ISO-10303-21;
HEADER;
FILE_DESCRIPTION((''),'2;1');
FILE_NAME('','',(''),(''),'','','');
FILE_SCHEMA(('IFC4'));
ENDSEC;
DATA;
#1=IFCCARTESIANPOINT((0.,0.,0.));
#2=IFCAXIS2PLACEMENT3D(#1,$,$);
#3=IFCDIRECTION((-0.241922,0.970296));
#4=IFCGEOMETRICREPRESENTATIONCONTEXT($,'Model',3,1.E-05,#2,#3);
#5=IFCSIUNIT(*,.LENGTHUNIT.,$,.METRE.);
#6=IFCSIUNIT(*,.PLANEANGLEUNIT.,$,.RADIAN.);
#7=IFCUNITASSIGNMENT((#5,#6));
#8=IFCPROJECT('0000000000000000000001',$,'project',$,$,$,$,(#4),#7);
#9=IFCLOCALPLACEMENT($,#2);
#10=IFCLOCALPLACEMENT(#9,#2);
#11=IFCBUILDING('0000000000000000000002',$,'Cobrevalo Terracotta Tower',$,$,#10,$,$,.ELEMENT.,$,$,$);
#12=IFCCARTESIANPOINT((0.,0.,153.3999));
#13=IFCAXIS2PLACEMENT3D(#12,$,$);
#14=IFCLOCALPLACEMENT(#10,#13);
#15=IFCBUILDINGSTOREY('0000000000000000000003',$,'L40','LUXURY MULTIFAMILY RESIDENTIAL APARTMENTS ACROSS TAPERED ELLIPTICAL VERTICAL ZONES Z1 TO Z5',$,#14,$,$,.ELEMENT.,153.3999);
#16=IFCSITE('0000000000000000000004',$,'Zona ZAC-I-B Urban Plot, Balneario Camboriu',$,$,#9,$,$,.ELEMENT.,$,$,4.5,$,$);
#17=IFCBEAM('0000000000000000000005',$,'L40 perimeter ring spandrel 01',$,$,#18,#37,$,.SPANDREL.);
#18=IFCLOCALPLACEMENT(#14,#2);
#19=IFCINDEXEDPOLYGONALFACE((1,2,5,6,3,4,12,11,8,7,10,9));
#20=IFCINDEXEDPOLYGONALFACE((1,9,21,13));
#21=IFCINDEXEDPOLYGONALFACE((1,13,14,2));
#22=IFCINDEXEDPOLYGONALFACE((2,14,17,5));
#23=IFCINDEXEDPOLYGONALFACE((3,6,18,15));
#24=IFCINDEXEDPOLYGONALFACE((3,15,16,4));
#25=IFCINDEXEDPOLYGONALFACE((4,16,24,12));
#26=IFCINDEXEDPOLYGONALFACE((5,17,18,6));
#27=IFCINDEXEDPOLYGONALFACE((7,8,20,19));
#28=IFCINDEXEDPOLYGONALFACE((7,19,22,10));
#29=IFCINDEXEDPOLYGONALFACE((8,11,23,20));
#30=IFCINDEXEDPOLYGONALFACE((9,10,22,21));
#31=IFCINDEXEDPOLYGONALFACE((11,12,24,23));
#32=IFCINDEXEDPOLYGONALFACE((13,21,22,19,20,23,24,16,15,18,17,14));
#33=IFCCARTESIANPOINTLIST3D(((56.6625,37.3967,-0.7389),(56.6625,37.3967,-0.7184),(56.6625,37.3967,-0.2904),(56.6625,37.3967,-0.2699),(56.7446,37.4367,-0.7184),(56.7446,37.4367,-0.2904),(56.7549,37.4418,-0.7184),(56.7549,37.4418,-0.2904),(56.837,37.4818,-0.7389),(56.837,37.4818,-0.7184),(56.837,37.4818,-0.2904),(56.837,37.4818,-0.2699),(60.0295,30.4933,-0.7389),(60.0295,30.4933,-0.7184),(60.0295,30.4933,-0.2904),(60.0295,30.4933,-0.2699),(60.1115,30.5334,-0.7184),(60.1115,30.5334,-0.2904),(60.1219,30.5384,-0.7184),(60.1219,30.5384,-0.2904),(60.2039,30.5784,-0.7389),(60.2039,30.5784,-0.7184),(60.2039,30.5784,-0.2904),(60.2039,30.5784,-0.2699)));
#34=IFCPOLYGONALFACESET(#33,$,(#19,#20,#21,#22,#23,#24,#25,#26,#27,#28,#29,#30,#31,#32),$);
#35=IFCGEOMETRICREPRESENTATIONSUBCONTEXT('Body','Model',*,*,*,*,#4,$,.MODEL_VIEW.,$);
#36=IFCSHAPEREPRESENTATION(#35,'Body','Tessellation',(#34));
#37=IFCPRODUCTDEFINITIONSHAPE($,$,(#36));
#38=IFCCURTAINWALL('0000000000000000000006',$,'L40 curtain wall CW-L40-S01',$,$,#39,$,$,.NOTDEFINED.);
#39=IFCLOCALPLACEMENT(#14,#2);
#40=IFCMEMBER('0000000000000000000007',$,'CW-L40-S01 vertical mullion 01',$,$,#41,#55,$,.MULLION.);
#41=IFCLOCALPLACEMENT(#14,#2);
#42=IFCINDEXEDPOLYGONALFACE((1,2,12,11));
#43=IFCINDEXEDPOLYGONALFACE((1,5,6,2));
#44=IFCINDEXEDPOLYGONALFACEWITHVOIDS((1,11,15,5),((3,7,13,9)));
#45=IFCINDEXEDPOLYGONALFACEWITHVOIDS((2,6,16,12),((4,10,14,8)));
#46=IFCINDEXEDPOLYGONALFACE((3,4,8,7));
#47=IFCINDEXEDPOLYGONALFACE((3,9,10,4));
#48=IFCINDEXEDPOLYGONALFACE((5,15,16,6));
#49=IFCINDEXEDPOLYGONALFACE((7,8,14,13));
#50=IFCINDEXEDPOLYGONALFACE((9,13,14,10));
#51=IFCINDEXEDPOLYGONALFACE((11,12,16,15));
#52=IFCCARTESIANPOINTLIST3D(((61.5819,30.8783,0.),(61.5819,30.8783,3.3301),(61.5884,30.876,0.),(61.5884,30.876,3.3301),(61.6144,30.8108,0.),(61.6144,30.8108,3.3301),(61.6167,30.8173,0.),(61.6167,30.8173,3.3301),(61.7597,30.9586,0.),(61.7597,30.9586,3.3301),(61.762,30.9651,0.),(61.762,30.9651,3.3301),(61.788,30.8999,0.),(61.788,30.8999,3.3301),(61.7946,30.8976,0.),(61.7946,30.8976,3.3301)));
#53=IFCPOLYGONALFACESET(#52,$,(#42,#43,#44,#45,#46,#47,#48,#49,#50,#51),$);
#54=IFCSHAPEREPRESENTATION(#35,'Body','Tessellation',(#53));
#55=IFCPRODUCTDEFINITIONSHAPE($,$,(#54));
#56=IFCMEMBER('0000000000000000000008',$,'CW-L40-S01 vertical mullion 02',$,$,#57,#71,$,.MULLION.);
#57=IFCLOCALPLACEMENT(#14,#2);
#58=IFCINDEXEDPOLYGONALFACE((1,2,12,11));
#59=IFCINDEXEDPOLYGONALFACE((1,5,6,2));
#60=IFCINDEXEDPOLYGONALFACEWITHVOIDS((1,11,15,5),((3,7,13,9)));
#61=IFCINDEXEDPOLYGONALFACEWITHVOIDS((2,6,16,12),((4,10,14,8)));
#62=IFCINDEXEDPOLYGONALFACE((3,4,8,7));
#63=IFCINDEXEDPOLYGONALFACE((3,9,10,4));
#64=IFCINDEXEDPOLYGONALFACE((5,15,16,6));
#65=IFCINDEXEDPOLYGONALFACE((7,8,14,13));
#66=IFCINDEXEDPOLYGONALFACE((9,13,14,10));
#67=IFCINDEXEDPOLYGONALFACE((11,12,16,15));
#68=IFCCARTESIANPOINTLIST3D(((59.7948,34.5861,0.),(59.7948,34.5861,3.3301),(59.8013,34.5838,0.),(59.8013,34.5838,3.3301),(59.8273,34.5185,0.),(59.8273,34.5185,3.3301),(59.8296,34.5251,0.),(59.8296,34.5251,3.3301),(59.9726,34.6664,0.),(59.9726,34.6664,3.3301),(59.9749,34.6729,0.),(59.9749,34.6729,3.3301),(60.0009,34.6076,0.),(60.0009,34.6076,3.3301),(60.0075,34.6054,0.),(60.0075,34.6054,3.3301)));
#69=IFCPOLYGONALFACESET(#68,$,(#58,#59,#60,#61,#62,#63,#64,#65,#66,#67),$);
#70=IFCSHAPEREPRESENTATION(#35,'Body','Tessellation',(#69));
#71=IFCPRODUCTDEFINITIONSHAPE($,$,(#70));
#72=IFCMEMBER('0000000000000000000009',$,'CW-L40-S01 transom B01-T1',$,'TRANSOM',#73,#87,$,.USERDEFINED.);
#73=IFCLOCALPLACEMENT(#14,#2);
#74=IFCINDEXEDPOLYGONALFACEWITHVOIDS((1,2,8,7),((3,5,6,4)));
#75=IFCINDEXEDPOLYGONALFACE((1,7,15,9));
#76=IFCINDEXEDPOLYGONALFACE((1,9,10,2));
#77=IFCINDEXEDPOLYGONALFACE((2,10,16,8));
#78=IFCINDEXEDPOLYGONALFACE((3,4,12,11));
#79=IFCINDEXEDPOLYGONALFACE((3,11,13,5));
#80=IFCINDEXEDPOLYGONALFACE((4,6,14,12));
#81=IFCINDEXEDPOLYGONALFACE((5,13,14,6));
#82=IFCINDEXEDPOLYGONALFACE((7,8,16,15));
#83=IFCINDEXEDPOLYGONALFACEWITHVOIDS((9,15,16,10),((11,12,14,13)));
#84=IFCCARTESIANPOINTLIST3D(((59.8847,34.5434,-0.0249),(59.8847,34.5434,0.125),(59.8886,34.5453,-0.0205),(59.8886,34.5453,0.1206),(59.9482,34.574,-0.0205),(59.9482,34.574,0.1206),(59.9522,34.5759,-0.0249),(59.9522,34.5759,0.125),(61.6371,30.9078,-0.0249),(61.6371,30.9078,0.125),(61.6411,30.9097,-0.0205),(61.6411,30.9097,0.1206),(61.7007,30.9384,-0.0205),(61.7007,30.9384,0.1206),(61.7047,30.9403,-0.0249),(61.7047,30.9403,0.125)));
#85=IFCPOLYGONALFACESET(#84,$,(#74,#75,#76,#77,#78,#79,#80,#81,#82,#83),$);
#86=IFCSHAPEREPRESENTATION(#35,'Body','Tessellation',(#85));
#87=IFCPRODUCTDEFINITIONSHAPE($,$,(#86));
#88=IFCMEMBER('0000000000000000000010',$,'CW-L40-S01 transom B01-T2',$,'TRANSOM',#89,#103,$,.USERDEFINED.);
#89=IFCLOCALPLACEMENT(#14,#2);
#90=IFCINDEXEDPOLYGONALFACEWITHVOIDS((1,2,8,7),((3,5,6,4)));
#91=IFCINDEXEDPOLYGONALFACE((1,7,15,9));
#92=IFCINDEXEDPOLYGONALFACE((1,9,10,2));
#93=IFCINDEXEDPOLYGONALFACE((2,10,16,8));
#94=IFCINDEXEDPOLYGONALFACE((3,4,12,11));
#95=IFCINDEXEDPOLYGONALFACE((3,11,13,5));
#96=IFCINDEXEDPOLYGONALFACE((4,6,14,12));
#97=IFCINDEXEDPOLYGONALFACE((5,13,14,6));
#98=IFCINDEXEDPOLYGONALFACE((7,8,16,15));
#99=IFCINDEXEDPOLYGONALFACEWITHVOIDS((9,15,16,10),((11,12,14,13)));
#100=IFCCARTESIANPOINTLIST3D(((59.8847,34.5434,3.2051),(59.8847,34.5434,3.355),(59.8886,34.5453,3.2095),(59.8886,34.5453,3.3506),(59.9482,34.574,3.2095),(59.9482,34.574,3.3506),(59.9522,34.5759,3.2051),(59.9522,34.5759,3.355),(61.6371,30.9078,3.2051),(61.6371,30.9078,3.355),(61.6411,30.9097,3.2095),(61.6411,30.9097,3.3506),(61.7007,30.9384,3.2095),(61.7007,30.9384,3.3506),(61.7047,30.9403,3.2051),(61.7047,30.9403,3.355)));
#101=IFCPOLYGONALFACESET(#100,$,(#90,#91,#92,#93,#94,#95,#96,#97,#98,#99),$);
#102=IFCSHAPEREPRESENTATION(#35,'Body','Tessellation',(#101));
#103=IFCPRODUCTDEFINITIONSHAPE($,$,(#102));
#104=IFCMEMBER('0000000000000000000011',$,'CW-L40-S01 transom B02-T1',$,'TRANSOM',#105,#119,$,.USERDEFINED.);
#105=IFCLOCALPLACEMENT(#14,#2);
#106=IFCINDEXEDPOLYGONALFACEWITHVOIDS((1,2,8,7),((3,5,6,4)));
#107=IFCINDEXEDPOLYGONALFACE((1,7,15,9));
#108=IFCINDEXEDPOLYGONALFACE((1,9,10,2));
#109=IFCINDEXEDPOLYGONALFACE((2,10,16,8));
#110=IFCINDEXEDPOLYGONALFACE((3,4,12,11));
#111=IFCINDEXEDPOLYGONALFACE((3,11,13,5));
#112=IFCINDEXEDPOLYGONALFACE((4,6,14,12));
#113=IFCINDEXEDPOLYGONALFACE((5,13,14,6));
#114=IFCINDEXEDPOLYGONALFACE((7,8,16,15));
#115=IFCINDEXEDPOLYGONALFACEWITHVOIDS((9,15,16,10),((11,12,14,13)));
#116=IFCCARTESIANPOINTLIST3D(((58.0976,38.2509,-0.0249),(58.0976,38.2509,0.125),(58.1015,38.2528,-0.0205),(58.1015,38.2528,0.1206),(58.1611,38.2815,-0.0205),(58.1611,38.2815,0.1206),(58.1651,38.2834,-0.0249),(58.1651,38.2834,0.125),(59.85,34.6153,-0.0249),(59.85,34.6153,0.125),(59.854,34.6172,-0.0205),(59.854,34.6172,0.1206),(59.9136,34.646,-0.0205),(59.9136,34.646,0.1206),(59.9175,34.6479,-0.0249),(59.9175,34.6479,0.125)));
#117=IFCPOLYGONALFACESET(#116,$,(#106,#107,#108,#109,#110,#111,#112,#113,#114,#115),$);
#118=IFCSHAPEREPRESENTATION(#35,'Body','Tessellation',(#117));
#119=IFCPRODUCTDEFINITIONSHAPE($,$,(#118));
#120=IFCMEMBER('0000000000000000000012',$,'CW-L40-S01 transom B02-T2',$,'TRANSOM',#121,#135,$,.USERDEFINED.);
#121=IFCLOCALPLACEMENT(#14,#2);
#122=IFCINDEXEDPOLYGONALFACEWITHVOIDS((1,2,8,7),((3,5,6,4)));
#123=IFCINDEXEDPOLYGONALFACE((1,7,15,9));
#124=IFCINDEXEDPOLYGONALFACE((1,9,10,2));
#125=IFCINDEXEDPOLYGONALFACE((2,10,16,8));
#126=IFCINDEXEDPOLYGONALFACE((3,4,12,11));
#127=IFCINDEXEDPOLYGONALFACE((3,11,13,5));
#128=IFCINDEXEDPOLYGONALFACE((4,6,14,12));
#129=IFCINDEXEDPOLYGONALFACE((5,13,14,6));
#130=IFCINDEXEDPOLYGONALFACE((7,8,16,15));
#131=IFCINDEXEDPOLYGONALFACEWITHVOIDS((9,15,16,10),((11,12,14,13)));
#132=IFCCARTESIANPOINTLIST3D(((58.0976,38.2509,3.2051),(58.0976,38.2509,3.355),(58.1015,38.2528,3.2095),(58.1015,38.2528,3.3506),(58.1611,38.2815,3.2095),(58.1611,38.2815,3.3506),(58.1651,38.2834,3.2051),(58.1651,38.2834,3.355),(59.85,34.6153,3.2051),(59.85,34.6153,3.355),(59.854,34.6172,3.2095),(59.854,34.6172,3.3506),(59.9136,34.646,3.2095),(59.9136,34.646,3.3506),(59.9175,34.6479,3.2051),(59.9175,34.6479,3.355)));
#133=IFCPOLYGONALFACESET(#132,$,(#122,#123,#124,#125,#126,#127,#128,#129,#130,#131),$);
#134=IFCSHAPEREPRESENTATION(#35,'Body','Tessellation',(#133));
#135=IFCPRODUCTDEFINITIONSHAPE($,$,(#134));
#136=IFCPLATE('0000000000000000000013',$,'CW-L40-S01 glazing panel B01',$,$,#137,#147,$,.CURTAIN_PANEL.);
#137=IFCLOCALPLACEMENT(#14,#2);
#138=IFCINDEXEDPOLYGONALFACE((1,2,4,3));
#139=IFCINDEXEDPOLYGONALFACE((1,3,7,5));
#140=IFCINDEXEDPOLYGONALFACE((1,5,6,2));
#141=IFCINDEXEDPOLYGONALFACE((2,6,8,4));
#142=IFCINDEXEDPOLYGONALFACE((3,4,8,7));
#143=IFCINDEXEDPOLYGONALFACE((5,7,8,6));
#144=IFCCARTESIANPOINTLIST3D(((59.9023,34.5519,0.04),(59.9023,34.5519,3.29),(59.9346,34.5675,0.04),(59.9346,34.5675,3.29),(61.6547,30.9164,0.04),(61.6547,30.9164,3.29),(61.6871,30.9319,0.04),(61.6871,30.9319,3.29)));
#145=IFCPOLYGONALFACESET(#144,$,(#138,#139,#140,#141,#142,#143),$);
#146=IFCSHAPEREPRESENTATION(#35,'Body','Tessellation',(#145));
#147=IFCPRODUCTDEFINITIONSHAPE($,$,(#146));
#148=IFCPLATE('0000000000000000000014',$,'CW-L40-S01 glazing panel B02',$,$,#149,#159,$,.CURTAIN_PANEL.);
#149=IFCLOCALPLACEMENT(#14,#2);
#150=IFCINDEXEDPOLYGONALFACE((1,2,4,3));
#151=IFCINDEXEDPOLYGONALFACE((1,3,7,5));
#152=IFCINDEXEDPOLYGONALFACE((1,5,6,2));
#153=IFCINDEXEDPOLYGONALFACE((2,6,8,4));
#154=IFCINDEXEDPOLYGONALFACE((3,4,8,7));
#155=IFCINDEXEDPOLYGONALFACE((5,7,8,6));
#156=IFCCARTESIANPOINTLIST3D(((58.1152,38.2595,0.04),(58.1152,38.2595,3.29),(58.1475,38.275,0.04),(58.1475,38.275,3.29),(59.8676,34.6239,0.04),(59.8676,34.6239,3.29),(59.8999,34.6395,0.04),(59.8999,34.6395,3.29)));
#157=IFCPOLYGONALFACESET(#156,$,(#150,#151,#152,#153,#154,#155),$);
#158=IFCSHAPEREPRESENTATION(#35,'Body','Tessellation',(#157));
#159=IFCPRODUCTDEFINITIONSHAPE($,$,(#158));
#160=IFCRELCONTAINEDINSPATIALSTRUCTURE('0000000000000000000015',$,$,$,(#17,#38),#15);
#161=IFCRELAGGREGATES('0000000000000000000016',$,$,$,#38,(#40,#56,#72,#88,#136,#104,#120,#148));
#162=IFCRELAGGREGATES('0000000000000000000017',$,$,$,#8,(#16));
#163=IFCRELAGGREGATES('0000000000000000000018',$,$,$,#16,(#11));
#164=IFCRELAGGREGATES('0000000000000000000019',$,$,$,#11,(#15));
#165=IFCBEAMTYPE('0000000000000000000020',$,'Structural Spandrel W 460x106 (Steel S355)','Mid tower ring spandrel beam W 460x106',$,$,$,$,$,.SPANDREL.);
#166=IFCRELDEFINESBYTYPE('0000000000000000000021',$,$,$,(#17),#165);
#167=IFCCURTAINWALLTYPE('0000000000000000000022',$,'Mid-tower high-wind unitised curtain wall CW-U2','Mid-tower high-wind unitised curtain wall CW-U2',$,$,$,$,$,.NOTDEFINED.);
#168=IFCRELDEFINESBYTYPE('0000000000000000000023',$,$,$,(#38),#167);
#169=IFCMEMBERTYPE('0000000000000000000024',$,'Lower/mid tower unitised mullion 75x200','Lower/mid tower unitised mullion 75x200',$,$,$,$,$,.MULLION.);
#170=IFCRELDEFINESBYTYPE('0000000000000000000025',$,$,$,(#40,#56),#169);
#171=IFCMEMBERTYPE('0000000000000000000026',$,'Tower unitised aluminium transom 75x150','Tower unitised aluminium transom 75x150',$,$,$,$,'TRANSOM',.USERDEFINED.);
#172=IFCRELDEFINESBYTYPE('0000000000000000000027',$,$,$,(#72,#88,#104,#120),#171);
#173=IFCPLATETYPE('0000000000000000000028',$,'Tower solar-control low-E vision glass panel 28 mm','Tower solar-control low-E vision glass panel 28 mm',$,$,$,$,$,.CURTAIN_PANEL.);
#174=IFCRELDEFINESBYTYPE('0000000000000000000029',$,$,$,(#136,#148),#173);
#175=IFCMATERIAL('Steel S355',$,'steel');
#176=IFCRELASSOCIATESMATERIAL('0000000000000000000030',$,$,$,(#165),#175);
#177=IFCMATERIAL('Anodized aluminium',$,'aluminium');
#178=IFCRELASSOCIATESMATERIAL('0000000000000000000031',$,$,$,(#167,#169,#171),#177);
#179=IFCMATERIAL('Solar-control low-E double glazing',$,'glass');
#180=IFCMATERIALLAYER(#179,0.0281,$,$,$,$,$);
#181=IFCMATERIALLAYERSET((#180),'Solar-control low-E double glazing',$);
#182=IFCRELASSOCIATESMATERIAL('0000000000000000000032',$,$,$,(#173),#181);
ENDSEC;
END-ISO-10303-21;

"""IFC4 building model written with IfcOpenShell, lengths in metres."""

from ifc_helpers import new_model, si_unit, direction, frame, origin, origin_2d, place, context, subcontext, project, spatial, rectangle, hollow_rectangle, i_section, extrude, source, transform, mapped, material, layer, layer_set, material_profile, profile_set, type_object, element, aggregate, save


model = new_model("IFC4")

# Units and contexts
model_context = context("Model", 3, precision=1e-05, world=origin(), true_north=direction((-0.241922, 0.970296)))
body_context = subcontext(model_context, "Body", "Model", "MODEL_VIEW")
ifc_project = project(units=[si_unit("LENGTHUNIT", "METRE"), si_unit("PLANEANGLEUNIT", "RADIAN")], contexts=[model_context])

# Site, building, storey
site_placement = place(None, origin())
site = spatial("IfcSite", under=ifc_project, at=site_placement, Name="Zona ZAC-I-B Urban Plot, Balneario Camboriu", CompositionType="ELEMENT", RefElevation=4.5)
building_placement = place(site_placement, origin())
building = spatial("IfcBuilding", under=site, at=building_placement, Name="Cobrevalo Terracotta Tower", CompositionType="ELEMENT")
storey_placement = place(building_placement, frame((0.0, 0.0, 153.3999)))
storey = spatial("IfcBuildingStorey", under=building, at=storey_placement, Name="L40", Description="LUXURY MULTIFAMILY RESIDENTIAL APARTMENTS ACROSS TAPERED ELLIPTICAL VERTICAL ZONES Z1 TO Z5", CompositionType="ELEMENT", Elevation=153.3999)

# Shared definitions
ifc_material_1 = material(Name="Steel S355", Category="steel")

# Beam
ifc_material_profile_1 = material_profile(ifc_material_1, i_section(OverallWidth=0.1941, OverallDepth=0.469, WebThickness=0.0115, FlangeThickness=0.0205, at=origin_2d()), Name="W 460x106")
ifc_profile_set_1 = profile_set([ifc_material_profile_1], Name="Steel S355")
beam_type_1 = type_object("IfcBeamType", Name="Structural Spandrel W 460x106 (Steel S355)", Description="Mid tower ring spandrel beam W 460x106", PredefinedType="SPANDREL", material=ifc_profile_set_1)
beam_1_placement = place(storey_placement, frame((60.1167, 30.5359, -0.5044), z_axis=(-0.438368, 0.898796, 0.0), x_axis=(-0.898796, -0.438368, 0.0)))
element("IfcBeam", 1, at=beam_1_placement, inside=storey, type_object=beam_type_1, Name="L40 perimeter ring spandrel 01", PredefinedType="SPANDREL", context=body_context, shape_type="SweptSolid", body=[
    extrude(i_section(OverallWidth=0.1941, OverallDepth=0.469, WebThickness=0.0115, FlangeThickness=0.0205, at=origin_2d()), origin(), (0.0, 0.0, 1.0), 7.6807),
])

# Curtain wall, members, plates
ifc_material_2 = material(Name="Anodized aluminium", Category="aluminium")
curtain_wall_type = type_object("IfcCurtainWallType", Name="Mid-tower high-wind unitised curtain wall CW-U2", Description="Mid-tower high-wind unitised curtain wall CW-U2", PredefinedType="NOTDEFINED", material=ifc_material_2)
curtain_wall_placement = place(storey_placement, origin())
curtain_wall = element("IfcCurtainWall", 2, at=curtain_wall_placement, inside=storey, type_object=curtain_wall_type, Name="L40 curtain wall CW-L40-S01", PredefinedType="NOTDEFINED")
ifc_material_profile_2 = material_profile(ifc_material_2, hollow_rectangle(XDim=0.075, YDim=0.2, WallThickness=0.0049, at=origin_2d()), Name="CWM 75x200")
ifc_profile_set_2 = profile_set([ifc_material_profile_2], Name="Anodized aluminium")
member_type_1 = type_object("IfcMemberType", Name="Lower/mid tower unitised mullion 75x200", Description="Lower/mid tower unitised mullion 75x200", PredefinedType="MULLION", material=ifc_profile_set_2)
shared_shape_1 = source(origin(), body_context, "Body", "SweptSolid", [
    extrude(hollow_rectangle(XDim=0.075, YDim=0.2, WallThickness=0.0049, at=origin_2d()), origin(), (0.0, 0.0, 1.0), 3.3301),
])
member_1_placement = place(storey_placement, frame((61.6882, 30.8879, 0.0), z_axis=(0.0, 0.0, 1.0), x_axis=(-0.434209, 0.900812, 0.0)))
member_1 = element("IfcMember", 3, at=member_1_placement, type_object=member_type_1, Name="CW-L40-S01 vertical mullion 01", PredefinedType="MULLION", context=body_context, shape_type="MappedRepresentation", body=[
    mapped(shared_shape_1, transform((0.0, 0.0, 0.0), scale=1.0)),
])
member_2_placement = place(storey_placement, frame((59.9011, 34.5957, 0.0), z_axis=(0.0, 0.0, 1.0), x_axis=(-0.434209, 0.900812, 0.0)))
member_2 = element("IfcMember", 4, at=member_2_placement, type_object=member_type_1, Name="CW-L40-S01 vertical mullion 02", PredefinedType="MULLION", context=body_context, shape_type="MappedRepresentation", body=[
    mapped(shared_shape_1, transform((0.0, 0.0, 0.0), scale=1.0)),
])
ifc_material_profile_3 = material_profile(ifc_material_2, hollow_rectangle(XDim=0.075, YDim=0.1499, WallThickness=0.0044, at=origin_2d()), Name="CWT 75x150")
ifc_profile_set_3 = profile_set([ifc_material_profile_3], Name="Anodized aluminium")
member_type_2 = type_object("IfcMemberType", Name="Tower unitised aluminium transom 75x150", Description="Tower unitised aluminium transom 75x150", ElementType="TRANSOM", PredefinedType="USERDEFINED", material=ifc_profile_set_3)
shared_shape_2 = source(origin(), body_context, "Body", "SweptSolid", [
    extrude(hollow_rectangle(XDim=0.075, YDim=0.1499, WallThickness=0.0044, at=origin_2d()), origin(), (0.0, 0.0, 1.0), 4.0359),
])
member_3_placement = place(storey_placement, frame((61.6709, 30.9241, 0.05), z_axis=(-0.434221, 0.900806, 0.0), x_axis=(-0.900806, -0.434221, 0.0)))
member_3 = element("IfcMember", 5, at=member_3_placement, type_object=member_type_2, Name="CW-L40-S01 transom B01-T1", ObjectType="TRANSOM", PredefinedType="USERDEFINED", context=body_context, shape_type="MappedRepresentation", body=[
    mapped(shared_shape_2, transform((0.0, 0.0, 0.0), scale=1.0)),
])
member_4_placement = place(storey_placement, frame((61.6709, 30.9241, 3.28), z_axis=(-0.434221, 0.900806, 0.0), x_axis=(-0.900806, -0.434221, 0.0)))
member_4 = element("IfcMember", 6, at=member_4_placement, type_object=member_type_2, Name="CW-L40-S01 transom B01-T2", ObjectType="TRANSOM", PredefinedType="USERDEFINED", context=body_context, shape_type="MappedRepresentation", body=[
    mapped(shared_shape_2, transform((0.0, 0.0, 0.0), scale=1.0)),
])
member_5_placement = place(storey_placement, frame((59.8838, 34.6316, 0.05), z_axis=(-0.434221, 0.900806, 0.0), x_axis=(-0.900806, -0.434221, 0.0)))
member_5 = element("IfcMember", 7, at=member_5_placement, type_object=member_type_2, Name="CW-L40-S01 transom B02-T1", ObjectType="TRANSOM", PredefinedType="USERDEFINED", context=body_context, shape_type="MappedRepresentation", body=[
    mapped(shared_shape_2, transform((0.0, 0.0, 0.0), scale=1.0)),
])
member_6_placement = place(storey_placement, frame((59.8838, 34.6316, 3.28), z_axis=(-0.434221, 0.900806, 0.0), x_axis=(-0.900806, -0.434221, 0.0)))
member_6 = element("IfcMember", 8, at=member_6_placement, type_object=member_type_2, Name="CW-L40-S01 transom B02-T2", ObjectType="TRANSOM", PredefinedType="USERDEFINED", context=body_context, shape_type="MappedRepresentation", body=[
    mapped(shared_shape_2, transform((0.0, 0.0, 0.0), scale=1.0)),
])
ifc_material_3 = material(Name="Solar-control low-E double glazing", Category="glass")
ifc_layer_1 = layer(ifc_material_3, 0.0281)
ifc_layer_set_1 = layer_set([ifc_layer_1], Name="Solar-control low-E double glazing")
plate_type = type_object("IfcPlateType", Name="Tower solar-control low-E vision glass panel 28 mm", Description="Tower solar-control low-E vision glass panel 28 mm", PredefinedType="CURTAIN_PANEL", material=ifc_layer_set_1)
shared_shape_3 = source(origin(), body_context, "Body", "SweptSolid", [
    extrude(rectangle(XDim=4.0359, YDim=0.0359, at=origin_2d()), origin(), (0.0, 0.0, 1.0), 3.25),
])
plate_1_placement = place(storey_placement, frame((60.7947, 32.7419, 0.04), z_axis=(0.0, 0.0, 1.0), x_axis=(-0.434209, 0.900812, 0.0)))
plate_1 = element("IfcPlate", 9, at=plate_1_placement, type_object=plate_type, Name="CW-L40-S01 glazing panel B01", PredefinedType="CURTAIN_PANEL", context=body_context, shape_type="MappedRepresentation", body=[
    mapped(shared_shape_3, transform((0.0, 0.0, 0.0), scale=1.0)),
])
plate_2_placement = place(storey_placement, frame((59.0076, 36.4495, 0.04), z_axis=(0.0, 0.0, 1.0), x_axis=(-0.434209, 0.900812, 0.0)))
plate_2 = element("IfcPlate", 10, at=plate_2_placement, type_object=plate_type, Name="CW-L40-S01 glazing panel B02", PredefinedType="CURTAIN_PANEL", context=body_context, shape_type="MappedRepresentation", body=[
    mapped(shared_shape_3, transform((0.0, 0.0, 0.0), scale=1.0)),
])
aggregate(curtain_wall, [member_1, member_2, member_3, member_4, plate_1, member_5, member_6, plate_2])

save(model, "model.ifc")
